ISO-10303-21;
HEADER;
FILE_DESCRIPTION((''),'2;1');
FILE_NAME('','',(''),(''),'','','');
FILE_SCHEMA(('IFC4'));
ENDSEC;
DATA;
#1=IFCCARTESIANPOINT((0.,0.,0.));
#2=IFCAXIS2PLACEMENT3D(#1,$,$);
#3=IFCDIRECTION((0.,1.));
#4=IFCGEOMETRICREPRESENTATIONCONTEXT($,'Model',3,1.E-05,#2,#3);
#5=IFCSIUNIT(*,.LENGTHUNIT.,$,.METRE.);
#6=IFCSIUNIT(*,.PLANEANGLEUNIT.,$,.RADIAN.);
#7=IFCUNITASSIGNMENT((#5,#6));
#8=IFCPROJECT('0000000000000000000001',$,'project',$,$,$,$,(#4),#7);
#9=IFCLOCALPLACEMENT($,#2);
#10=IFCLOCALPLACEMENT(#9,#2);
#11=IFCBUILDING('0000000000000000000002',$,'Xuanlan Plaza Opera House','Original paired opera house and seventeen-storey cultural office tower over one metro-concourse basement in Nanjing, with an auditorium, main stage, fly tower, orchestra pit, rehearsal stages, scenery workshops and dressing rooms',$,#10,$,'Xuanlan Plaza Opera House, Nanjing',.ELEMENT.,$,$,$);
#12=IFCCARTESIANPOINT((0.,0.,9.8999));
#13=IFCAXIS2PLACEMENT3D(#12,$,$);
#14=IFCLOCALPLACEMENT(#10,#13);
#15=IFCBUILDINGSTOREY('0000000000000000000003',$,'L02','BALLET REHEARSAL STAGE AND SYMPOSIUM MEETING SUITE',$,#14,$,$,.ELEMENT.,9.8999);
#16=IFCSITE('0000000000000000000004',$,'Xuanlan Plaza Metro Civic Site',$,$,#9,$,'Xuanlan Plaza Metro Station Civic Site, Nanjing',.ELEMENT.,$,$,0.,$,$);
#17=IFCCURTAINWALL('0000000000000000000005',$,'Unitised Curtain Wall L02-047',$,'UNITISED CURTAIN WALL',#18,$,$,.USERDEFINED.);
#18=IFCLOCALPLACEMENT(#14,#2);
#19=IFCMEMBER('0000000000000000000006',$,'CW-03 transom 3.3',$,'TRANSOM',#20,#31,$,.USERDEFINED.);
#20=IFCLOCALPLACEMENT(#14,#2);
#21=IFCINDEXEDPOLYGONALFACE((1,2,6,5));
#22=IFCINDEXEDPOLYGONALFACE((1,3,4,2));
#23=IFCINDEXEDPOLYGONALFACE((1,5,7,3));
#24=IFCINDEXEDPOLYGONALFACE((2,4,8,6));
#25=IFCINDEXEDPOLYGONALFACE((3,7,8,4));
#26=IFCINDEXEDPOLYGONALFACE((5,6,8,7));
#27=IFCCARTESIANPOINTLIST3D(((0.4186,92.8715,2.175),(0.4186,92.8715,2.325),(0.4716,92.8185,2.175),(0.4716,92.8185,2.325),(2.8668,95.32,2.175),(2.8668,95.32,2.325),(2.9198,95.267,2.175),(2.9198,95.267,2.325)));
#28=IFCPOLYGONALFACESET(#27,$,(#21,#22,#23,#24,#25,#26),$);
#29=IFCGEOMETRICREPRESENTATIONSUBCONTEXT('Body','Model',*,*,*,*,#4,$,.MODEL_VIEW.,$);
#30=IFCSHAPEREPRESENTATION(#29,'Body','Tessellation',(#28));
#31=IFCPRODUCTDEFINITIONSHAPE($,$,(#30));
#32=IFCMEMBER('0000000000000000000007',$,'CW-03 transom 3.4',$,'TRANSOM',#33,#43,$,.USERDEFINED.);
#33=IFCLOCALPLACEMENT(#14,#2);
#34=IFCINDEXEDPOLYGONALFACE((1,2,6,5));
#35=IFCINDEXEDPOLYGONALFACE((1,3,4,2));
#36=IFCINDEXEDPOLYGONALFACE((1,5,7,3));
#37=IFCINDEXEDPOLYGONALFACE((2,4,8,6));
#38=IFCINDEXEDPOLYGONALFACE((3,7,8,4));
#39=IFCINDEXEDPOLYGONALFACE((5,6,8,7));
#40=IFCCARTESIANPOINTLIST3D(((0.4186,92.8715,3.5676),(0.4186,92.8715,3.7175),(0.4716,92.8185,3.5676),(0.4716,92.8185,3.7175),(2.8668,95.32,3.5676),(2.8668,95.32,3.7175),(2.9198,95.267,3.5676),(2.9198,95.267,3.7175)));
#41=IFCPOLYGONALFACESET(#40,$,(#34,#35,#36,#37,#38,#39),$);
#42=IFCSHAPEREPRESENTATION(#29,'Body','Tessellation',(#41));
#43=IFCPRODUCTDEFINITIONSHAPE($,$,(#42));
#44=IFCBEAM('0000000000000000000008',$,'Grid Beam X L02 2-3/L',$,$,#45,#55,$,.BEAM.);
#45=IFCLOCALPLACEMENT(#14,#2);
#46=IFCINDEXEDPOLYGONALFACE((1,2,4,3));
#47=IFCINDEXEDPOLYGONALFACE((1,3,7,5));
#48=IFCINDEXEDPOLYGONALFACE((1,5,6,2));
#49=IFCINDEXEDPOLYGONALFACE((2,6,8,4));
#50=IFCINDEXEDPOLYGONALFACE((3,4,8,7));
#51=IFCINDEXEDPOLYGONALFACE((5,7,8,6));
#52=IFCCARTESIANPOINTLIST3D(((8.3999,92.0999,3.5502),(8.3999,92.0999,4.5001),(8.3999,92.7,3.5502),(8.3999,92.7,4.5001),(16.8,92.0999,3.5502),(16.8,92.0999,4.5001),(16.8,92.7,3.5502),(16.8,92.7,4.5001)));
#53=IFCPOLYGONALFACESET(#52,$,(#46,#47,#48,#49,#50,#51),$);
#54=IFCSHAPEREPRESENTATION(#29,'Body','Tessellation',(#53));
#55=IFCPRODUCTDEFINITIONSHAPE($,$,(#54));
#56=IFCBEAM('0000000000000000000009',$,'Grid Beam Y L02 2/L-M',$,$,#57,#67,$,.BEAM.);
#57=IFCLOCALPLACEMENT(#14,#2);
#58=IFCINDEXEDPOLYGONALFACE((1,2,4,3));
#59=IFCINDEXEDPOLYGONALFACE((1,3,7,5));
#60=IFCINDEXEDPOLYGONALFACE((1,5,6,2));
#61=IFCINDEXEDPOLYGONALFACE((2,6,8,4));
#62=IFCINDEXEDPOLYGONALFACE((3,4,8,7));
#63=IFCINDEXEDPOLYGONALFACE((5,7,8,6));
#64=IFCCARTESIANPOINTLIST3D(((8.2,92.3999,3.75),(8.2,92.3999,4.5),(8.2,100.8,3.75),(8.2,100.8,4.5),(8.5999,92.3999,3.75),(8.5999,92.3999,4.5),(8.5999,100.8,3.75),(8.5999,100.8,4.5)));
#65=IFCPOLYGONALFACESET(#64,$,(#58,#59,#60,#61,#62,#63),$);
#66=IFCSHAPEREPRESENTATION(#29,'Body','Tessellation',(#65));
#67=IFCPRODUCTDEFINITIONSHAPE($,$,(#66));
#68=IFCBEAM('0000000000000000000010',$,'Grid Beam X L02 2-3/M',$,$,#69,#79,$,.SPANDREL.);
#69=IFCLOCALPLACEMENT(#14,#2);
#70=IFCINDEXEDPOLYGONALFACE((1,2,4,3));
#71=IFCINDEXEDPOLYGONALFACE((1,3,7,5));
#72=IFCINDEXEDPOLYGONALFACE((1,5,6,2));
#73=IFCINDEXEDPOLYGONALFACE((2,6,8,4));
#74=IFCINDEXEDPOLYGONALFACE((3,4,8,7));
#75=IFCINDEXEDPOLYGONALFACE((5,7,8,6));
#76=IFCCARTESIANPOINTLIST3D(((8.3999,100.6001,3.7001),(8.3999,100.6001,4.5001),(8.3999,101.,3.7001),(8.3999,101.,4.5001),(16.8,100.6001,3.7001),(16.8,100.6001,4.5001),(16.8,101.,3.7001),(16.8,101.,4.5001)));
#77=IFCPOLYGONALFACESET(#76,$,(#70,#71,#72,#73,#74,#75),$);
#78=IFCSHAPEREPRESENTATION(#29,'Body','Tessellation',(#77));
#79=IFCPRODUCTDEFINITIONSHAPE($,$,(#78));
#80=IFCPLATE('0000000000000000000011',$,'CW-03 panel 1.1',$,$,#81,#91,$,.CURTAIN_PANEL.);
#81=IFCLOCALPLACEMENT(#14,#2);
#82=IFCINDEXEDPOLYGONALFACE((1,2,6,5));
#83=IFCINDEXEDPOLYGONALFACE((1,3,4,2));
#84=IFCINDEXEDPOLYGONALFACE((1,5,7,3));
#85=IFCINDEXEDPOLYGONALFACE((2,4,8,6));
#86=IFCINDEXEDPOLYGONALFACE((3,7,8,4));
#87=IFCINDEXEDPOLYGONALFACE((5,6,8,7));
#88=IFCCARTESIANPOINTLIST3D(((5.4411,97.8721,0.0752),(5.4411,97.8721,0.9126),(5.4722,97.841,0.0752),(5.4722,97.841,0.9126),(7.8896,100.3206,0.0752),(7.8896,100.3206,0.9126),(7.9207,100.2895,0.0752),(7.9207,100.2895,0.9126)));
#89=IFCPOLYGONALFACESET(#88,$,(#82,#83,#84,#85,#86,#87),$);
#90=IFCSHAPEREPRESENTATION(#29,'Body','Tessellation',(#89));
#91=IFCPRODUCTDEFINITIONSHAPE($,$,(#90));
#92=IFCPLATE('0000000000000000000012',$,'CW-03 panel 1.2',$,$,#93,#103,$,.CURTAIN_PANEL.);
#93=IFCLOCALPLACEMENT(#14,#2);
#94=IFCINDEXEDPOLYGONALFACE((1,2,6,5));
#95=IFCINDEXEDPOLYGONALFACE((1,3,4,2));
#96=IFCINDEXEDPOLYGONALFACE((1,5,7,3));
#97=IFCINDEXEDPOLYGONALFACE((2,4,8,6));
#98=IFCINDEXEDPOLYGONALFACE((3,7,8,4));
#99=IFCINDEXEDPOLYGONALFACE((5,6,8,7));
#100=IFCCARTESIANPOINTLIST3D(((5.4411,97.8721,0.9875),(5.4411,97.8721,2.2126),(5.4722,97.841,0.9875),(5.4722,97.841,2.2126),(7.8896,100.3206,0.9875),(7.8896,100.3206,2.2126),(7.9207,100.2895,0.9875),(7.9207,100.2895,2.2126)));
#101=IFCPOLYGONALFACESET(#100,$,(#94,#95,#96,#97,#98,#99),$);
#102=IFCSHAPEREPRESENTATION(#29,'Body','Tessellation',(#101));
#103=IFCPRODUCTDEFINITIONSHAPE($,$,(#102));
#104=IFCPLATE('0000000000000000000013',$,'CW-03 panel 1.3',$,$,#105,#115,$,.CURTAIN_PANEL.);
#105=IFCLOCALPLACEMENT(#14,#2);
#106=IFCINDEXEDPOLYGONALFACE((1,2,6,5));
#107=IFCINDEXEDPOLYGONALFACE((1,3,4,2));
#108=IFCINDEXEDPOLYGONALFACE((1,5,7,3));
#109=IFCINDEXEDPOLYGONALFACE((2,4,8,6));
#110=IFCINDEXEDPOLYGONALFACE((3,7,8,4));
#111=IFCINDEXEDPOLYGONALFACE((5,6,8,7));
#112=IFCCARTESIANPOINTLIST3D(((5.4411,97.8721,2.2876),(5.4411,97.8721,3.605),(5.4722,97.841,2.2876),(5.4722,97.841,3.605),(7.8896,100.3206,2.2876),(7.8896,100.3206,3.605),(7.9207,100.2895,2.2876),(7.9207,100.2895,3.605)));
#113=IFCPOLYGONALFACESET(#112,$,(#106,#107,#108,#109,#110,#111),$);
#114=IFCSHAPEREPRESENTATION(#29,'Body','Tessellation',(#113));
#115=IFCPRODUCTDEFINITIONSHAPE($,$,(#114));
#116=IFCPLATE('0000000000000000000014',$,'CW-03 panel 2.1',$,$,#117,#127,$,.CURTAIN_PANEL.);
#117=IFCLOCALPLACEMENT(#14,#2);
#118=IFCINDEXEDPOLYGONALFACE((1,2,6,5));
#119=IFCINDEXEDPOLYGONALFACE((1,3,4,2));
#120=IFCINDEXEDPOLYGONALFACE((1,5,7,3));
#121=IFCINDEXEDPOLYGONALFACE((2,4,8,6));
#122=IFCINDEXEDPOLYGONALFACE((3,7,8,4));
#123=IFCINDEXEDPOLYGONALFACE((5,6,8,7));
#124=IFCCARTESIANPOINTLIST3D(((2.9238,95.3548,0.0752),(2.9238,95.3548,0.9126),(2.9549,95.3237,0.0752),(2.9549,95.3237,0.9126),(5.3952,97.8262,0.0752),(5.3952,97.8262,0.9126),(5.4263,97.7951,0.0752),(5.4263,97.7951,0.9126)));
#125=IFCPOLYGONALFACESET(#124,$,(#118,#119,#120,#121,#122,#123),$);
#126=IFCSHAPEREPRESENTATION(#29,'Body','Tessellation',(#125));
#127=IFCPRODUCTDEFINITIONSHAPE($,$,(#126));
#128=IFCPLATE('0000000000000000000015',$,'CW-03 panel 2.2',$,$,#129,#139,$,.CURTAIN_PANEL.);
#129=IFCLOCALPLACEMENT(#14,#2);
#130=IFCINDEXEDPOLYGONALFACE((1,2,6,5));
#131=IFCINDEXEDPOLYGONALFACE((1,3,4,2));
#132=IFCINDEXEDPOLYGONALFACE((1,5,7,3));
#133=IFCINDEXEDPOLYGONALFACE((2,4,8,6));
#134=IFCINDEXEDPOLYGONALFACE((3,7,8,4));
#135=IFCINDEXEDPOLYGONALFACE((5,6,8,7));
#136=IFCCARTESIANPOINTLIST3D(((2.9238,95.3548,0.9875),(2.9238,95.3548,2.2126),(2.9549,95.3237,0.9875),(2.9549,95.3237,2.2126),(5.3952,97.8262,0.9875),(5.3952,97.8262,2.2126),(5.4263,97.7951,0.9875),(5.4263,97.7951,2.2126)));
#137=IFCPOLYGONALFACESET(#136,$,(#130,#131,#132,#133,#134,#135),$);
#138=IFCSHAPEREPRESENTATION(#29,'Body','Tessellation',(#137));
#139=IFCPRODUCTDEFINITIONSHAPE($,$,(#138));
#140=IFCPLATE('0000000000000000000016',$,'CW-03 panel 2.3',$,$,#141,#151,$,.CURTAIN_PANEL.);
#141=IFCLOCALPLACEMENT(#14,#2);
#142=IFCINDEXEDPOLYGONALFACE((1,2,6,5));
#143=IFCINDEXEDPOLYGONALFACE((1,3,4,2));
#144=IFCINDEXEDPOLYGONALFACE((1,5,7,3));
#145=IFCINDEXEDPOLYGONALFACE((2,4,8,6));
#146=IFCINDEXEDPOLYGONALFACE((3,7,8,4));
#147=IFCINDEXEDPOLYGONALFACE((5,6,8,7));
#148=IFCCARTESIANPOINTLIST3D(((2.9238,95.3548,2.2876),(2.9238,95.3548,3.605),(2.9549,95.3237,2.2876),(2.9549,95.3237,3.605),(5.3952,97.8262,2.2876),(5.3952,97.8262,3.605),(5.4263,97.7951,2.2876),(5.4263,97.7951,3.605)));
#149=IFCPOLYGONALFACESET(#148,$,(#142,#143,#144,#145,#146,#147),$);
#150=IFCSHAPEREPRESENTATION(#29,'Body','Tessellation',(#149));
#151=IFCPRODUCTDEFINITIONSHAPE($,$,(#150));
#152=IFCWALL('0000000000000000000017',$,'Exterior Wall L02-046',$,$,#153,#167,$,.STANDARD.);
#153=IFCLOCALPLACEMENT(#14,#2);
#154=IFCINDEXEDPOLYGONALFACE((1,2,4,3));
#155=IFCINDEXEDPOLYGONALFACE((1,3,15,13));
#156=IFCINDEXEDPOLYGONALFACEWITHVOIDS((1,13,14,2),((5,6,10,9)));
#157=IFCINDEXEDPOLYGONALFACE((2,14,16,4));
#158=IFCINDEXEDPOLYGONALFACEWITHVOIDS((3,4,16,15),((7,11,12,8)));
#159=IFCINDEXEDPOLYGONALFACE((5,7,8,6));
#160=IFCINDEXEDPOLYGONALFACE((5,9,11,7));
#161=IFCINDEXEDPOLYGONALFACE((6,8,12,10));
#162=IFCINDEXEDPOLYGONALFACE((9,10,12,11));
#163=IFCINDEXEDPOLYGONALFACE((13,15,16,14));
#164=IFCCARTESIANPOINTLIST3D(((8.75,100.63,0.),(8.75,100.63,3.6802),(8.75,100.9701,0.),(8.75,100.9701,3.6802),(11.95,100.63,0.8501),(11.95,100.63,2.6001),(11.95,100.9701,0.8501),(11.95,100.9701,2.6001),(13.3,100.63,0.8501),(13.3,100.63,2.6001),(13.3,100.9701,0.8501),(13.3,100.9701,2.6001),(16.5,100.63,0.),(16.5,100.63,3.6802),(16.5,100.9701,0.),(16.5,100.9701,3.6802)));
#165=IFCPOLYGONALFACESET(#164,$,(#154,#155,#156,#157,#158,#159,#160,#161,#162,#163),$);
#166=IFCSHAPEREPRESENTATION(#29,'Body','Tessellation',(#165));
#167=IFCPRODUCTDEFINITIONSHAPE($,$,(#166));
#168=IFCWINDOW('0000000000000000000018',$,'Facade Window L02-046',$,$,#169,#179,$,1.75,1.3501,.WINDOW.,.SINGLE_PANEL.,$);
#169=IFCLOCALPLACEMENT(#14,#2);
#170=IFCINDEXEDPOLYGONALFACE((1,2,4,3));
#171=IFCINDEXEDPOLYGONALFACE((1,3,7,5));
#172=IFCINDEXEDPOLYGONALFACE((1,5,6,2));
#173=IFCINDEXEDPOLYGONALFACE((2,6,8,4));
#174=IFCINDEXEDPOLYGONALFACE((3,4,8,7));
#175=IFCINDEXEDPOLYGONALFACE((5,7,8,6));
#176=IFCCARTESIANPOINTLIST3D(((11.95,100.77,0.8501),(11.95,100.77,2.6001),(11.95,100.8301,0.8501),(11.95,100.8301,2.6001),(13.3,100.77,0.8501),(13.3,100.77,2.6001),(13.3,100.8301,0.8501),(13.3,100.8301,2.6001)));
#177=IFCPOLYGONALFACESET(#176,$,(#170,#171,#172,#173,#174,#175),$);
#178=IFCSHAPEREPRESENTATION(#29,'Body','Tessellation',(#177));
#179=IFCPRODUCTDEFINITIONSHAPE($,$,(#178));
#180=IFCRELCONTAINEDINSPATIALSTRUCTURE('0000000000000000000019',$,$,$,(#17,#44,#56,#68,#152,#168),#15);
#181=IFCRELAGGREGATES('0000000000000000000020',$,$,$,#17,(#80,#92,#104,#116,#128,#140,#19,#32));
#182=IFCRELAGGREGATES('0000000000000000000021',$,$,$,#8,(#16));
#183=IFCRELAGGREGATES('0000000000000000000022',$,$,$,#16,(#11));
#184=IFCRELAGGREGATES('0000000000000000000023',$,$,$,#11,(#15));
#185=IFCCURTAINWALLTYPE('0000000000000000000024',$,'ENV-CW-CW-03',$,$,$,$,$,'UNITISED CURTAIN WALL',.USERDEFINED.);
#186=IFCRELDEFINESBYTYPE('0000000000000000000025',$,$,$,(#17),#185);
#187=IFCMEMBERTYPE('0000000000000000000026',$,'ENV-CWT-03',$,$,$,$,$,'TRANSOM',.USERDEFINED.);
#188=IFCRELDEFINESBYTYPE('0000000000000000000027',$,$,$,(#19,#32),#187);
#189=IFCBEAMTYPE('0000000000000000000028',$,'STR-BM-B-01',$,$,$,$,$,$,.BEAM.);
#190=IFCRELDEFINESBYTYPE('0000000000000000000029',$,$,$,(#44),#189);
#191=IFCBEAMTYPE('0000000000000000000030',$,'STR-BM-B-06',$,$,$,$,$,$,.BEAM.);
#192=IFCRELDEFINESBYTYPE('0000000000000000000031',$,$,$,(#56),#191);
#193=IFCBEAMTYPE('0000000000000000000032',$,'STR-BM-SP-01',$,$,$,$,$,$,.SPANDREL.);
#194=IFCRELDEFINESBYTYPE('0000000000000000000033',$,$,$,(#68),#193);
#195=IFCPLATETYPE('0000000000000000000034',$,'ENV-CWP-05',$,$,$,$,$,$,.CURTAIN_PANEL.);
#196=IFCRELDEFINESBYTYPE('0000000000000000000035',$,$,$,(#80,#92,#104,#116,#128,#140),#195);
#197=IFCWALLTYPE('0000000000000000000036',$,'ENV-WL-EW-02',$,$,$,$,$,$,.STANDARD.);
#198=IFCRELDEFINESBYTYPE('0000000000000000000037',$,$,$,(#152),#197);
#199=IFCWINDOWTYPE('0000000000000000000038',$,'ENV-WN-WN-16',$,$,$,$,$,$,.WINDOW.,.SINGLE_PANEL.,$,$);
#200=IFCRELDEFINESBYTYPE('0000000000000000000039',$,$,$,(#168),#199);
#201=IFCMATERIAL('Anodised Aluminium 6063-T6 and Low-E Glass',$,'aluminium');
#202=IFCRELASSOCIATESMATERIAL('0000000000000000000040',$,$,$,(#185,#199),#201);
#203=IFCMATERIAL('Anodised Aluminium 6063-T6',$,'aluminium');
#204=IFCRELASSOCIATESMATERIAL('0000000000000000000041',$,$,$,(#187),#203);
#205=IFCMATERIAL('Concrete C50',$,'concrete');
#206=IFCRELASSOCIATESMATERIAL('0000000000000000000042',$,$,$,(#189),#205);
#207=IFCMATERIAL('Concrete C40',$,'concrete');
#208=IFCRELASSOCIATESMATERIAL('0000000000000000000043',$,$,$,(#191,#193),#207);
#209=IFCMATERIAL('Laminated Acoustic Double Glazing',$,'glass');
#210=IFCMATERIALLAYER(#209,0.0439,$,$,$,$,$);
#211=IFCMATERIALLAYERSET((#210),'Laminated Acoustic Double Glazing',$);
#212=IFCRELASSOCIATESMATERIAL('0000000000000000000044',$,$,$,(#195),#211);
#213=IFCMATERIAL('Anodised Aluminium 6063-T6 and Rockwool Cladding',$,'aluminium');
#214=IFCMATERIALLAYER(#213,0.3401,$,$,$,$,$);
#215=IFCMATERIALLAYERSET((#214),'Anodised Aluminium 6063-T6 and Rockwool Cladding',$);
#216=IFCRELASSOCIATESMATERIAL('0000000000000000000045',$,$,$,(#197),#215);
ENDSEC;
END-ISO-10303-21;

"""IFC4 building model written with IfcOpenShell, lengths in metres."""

from ifc_helpers import new_model, si_unit, direction, frame, frame_2d, origin, origin_2d, place, context, subcontext, project, spatial, rectangle, extrude, material, layer, layer_set, material_profile, profile_set, type_object, element, fill, aggregate, save


model = new_model("IFC4")

# Units and contexts
model_context = context("Model", 3, precision=1e-05, world=origin(), true_north=direction((0.0, 1.0)))
body_context = subcontext(model_context, "Body", "Model", "MODEL_VIEW")
ifc_project = project(units=[si_unit("LENGTHUNIT", "METRE"), si_unit("PLANEANGLEUNIT", "RADIAN")], contexts=[model_context])

# Site, building, storey
site_placement = place(None, origin())
site = spatial("IfcSite", under=ifc_project, at=site_placement, Name="Xuanlan Plaza Metro Civic Site", LongName="Xuanlan Plaza Metro Station Civic Site, Nanjing", CompositionType="ELEMENT", RefElevation=0.0)
building_placement = place(site_placement, origin())
building = spatial("IfcBuilding", under=site, at=building_placement, Name="Xuanlan Plaza Opera House", Description="Original paired opera house and seventeen-storey cultural office tower over one metro-concourse basement in Nanjing, with an auditorium, main stage, fly tower, orchestra pit, rehearsal stages, scenery workshops and dressing rooms", LongName="Xuanlan Plaza Opera House, Nanjing", CompositionType="ELEMENT")
storey_placement = place(building_placement, frame((0.0, 0.0, 9.8999)))
storey = spatial("IfcBuildingStorey", under=building, at=storey_placement, Name="L02", Description="BALLET REHEARSAL STAGE AND SYMPOSIUM MEETING SUITE", CompositionType="ELEMENT", Elevation=9.8999)

# Shared definitions
ifc_material_1 = material(Name="Concrete C40", Category="concrete")

# Curtain wall, members
ifc_material_2 = material(Name="Anodised Aluminium 6063-T6 and Low-E Glass", Category="aluminium")
curtain_wall_type = type_object("IfcCurtainWallType", Name="ENV-CW-CW-03", ElementType="UNITISED CURTAIN WALL", PredefinedType="USERDEFINED", material=ifc_material_2)
curtain_wall_placement = place(storey_placement, origin())
curtain_wall = element("IfcCurtainWall", 1, at=curtain_wall_placement, inside=storey, type_object=curtain_wall_type, Name="Unitised Curtain Wall L02-047", ObjectType="UNITISED CURTAIN WALL", PredefinedType="USERDEFINED")
ifc_material_3 = material(Name="Anodised Aluminium 6063-T6", Category="aluminium")
ifc_material_profile_1 = material_profile(ifc_material_3, rectangle(XDim=0.075, YDim=0.1499, at=origin_2d()), Name="ALU-T 75x150")
ifc_profile_set_1 = profile_set([ifc_material_profile_1], Name="Anodised Aluminium 6063-T6")
member_type_1 = type_object("IfcMemberType", Name="ENV-CWT-03", ElementType="TRANSOM", PredefinedType="USERDEFINED", material=ifc_profile_set_1)
member_1_placement = place(storey_placement, frame((2.8933, 95.2935, 2.25), z_axis=(-0.707072, -0.707142, 0.0), x_axis=(0.707142, -0.707072, 0.0)))
member_1 = element("IfcMember", 2, at=member_1_placement, type_object=member_type_1, Name="CW-03 transom 3.3", ObjectType="TRANSOM", PredefinedType="USERDEFINED", context=body_context, shape_type="SweptSolid", body=[
    extrude(rectangle(XDim=0.075, YDim=0.1499, at=origin_2d()), origin(), (0.0, 0.0, 1.0), 3.4624),
])
member_2_placement = place(storey_placement, frame((2.8933, 95.2935, 3.6426), z_axis=(-0.707072, -0.707142, 0.0), x_axis=(0.707142, -0.707072, 0.0)))
member_2 = element("IfcMember", 3, at=member_2_placement, type_object=member_type_1, Name="CW-03 transom 3.4", ObjectType="TRANSOM", PredefinedType="USERDEFINED", context=body_context, shape_type="SweptSolid", body=[
    extrude(rectangle(XDim=0.075, YDim=0.1499, at=origin_2d()), origin(), (0.0, 0.0, 1.0), 3.4624),
])

# Beams
ifc_material_4 = material(Name="Concrete C50", Category="concrete")
ifc_material_profile_2 = material_profile(ifc_material_4, rectangle(XDim=0.6001, YDim=0.95, at=origin_2d()), Name="RC-BM 600x950")
ifc_profile_set_2 = profile_set([ifc_material_profile_2], Name="Concrete C50")
beam_type_1 = type_object("IfcBeamType", Name="STR-BM-B-01", PredefinedType="BEAM", material=ifc_profile_set_2)
beam_1_placement = place(storey_placement, frame((8.3999, 92.3999, 4.0251), z_axis=(1.0, 0.0, 0.0), x_axis=(0.0, 1.0, 0.0)))
element("IfcBeam", 4, at=beam_1_placement, inside=storey, type_object=beam_type_1, Name="Grid Beam X L02 2-3/L", PredefinedType="BEAM", context=body_context, shape_type="SweptSolid", body=[
    extrude(rectangle(XDim=0.6001, YDim=0.95, at=origin_2d()), origin(), (0.0, 0.0, 1.0), 8.4001),
])
ifc_material_profile_3 = material_profile(ifc_material_1, rectangle(XDim=0.3999, YDim=0.75, at=origin_2d()), Name="RC-BM 400x750")
ifc_profile_set_3 = profile_set([ifc_material_profile_3], Name="Concrete C40")
beam_type_2 = type_object("IfcBeamType", Name="STR-BM-B-06", PredefinedType="BEAM", material=ifc_profile_set_3)
beam_2_placement = place(storey_placement, frame((8.3999, 92.3999, 4.125), z_axis=(0.0, 1.0, 0.0), x_axis=(-1.0, 0.0, 0.0)))
element("IfcBeam", 5, at=beam_2_placement, inside=storey, type_object=beam_type_2, Name="Grid Beam Y L02 2/L-M", PredefinedType="BEAM", context=body_context, shape_type="SweptSolid", body=[
    extrude(rectangle(XDim=0.3999, YDim=0.75, at=origin_2d()), origin(), (0.0, 0.0, 1.0), 8.4001),
])
ifc_material_profile_4 = material_profile(ifc_material_1, rectangle(XDim=0.3999, YDim=0.8, at=origin_2d()), Name="RC-SPD 400x800")
ifc_profile_set_4 = profile_set([ifc_material_profile_4], Name="Concrete C40")
beam_type_3 = type_object("IfcBeamType", Name="STR-BM-SP-01", PredefinedType="SPANDREL", material=ifc_profile_set_4)
beam_3_placement = place(storey_placement, frame((8.3999, 100.8, 4.1001), z_axis=(1.0, 0.0, 0.0), x_axis=(0.0, 1.0, 0.0)))
element("IfcBeam", 6, at=beam_3_placement, inside=storey, type_object=beam_type_3, Name="Grid Beam X L02 2-3/M", PredefinedType="SPANDREL", context=body_context, shape_type="SweptSolid", body=[
    extrude(rectangle(XDim=0.3999, YDim=0.8, at=origin_2d()), origin(), (0.0, 0.0, 1.0), 8.4001),
])

# Plates
ifc_material_5 = material(Name="Laminated Acoustic Double Glazing", Category="glass")
ifc_layer_1 = layer(ifc_material_5, 0.0439)
ifc_layer_set_1 = layer_set([ifc_layer_1], Name="Laminated Acoustic Double Glazing")
plate_type = type_object("IfcPlateType", Name="ENV-CWP-05", PredefinedType="CURTAIN_PANEL", material=ifc_layer_set_1)
plate_1_placement = place(storey_placement, frame((6.6809, 99.0808, 0.0752), z_axis=(0.0, 0.0, 1.0), x_axis=(-0.707107, -0.707107, 0.0)))
plate_1 = element("IfcPlate", 7, at=plate_1_placement, type_object=plate_type, Name="CW-03 panel 1.1", PredefinedType="CURTAIN_PANEL", context=body_context, shape_type="SweptSolid", body=[
    extrude(rectangle(XDim=3.4626, YDim=0.0439, at=origin_2d()), origin(), (0.0, 0.0, 1.0), 0.8374),
])
plate_2_placement = place(storey_placement, frame((6.6809, 99.0808, 0.9875), z_axis=(0.0, 0.0, 1.0), x_axis=(-0.707107, -0.707107, 0.0)))
plate_2 = element("IfcPlate", 8, at=plate_2_placement, type_object=plate_type, Name="CW-03 panel 1.2", PredefinedType="CURTAIN_PANEL", context=body_context, shape_type="SweptSolid", body=[
    extrude(rectangle(XDim=3.4626, YDim=0.0439, at=origin_2d()), origin(), (0.0, 0.0, 1.0), 1.2251),
])
plate_3_placement = place(storey_placement, frame((6.6809, 99.0808, 2.2876), z_axis=(0.0, 0.0, 1.0), x_axis=(-0.707107, -0.707107, 0.0)))
plate_3 = element("IfcPlate", 9, at=plate_3_placement, type_object=plate_type, Name="CW-03 panel 1.3", PredefinedType="CURTAIN_PANEL", context=body_context, shape_type="SweptSolid", body=[
    extrude(rectangle(XDim=3.4626, YDim=0.0439, at=origin_2d()), origin(), (0.0, 0.0, 1.0), 1.3174),
])
plate_4_placement = place(storey_placement, frame((4.175, 96.575, 0.0752), z_axis=(0.0, 0.0, 1.0), x_axis=(-0.707107, -0.707107, 0.0)))
plate_4 = element("IfcPlate", 10, at=plate_4_placement, type_object=plate_type, Name="CW-03 panel 2.1", PredefinedType="CURTAIN_PANEL", context=body_context, shape_type="SweptSolid", body=[
    extrude(rectangle(XDim=3.4951, YDim=0.0439, at=origin_2d()), origin(), (0.0, 0.0, 1.0), 0.8374),
])
plate_5_placement = place(storey_placement, frame((4.175, 96.575, 0.9875), z_axis=(0.0, 0.0, 1.0), x_axis=(-0.707107, -0.707107, 0.0)))
plate_5 = element("IfcPlate", 11, at=plate_5_placement, type_object=plate_type, Name="CW-03 panel 2.2", PredefinedType="CURTAIN_PANEL", context=body_context, shape_type="SweptSolid", body=[
    extrude(rectangle(XDim=3.4951, YDim=0.0439, at=origin_2d()), origin(), (0.0, 0.0, 1.0), 1.2251),
])
plate_6_placement = place(storey_placement, frame((4.175, 96.575, 2.2876), z_axis=(0.0, 0.0, 1.0), x_axis=(-0.707107, -0.707107, 0.0)))
plate_6 = element("IfcPlate", 12, at=plate_6_placement, type_object=plate_type, Name="CW-03 panel 2.3", PredefinedType="CURTAIN_PANEL", context=body_context, shape_type="SweptSolid", body=[
    extrude(rectangle(XDim=3.4951, YDim=0.0439, at=origin_2d()), origin(), (0.0, 0.0, 1.0), 1.3174),
])
aggregate(curtain_wall, [plate_1, plate_2, plate_3, plate_4, plate_5, plate_6, member_1, member_2])

# Wall, opening, window
ifc_material_6 = material(Name="Anodised Aluminium 6063-T6 and Rockwool Cladding", Category="aluminium")
ifc_layer_2 = layer(ifc_material_6, 0.3401)
ifc_layer_set_2 = layer_set([ifc_layer_2], Name="Anodised Aluminium 6063-T6 and Rockwool Cladding")
wall_type_1 = type_object("IfcWallType", Name="ENV-WL-EW-02", PredefinedType="STANDARD", material=ifc_layer_set_2)
wall_1_placement = place(storey_placement, frame((16.5, 100.8, 0.0), z_axis=(0.0, 0.0, 1.0), x_axis=(-1.0, 0.0, 0.0)))
wall_1 = element("IfcWall", 13, at=wall_1_placement, inside=storey, type_object=wall_type_1, Name="Exterior Wall L02-046", PredefinedType="STANDARD", context=body_context, shape_type="SweptSolid", body=[
    extrude(rectangle(XDim=7.75, YDim=0.3401, at=frame_2d((3.875, 0.0))), origin(), (0.0, 0.0, 1.0), 3.6802),
])
opening_placement = place(wall_1_placement, frame((3.2, 0.0, 0.8501)))
opening = element("IfcOpeningElement", 14, at=opening_placement, cuts=wall_1, PredefinedType="OPENING", context=body_context, shape_type="SweptSolid", body=[
    extrude(rectangle(XDim=1.3501, YDim=1.75, at=frame_2d((0.675, 0.875))), frame((0.0, 0.1799, 0.0), z_axis=(0.0, -1.0, 0.0), x_axis=(1.0, 0.0, 0.0)), (0.0, 0.0, 1.0), 0.3601),
])
window_type = type_object("IfcWindowType", Name="ENV-WN-WN-16", PartitioningType="SINGLE_PANEL", PredefinedType="WINDOW", material=ifc_material_2)
window_placement = place(opening_placement, origin())
window = element("IfcWindow", 15, at=window_placement, inside=storey, type_object=window_type, Name="Facade Window L02-046", OverallHeight=1.75, OverallWidth=1.3501, PartitioningType="SINGLE_PANEL", PredefinedType="WINDOW", context=body_context, shape_type="SweptSolid", body=[
    extrude(rectangle(XDim=1.3501, YDim=1.75, at=frame_2d((0.675, 0.875))), frame((0.0, 0.03, 0.0), z_axis=(0.0, -1.0, 0.0), x_axis=(1.0, 0.0, 0.0)), (0.0, 0.0, 1.0), 0.0601),
])
fill(opening, window)

save(model, "model.ifc")
